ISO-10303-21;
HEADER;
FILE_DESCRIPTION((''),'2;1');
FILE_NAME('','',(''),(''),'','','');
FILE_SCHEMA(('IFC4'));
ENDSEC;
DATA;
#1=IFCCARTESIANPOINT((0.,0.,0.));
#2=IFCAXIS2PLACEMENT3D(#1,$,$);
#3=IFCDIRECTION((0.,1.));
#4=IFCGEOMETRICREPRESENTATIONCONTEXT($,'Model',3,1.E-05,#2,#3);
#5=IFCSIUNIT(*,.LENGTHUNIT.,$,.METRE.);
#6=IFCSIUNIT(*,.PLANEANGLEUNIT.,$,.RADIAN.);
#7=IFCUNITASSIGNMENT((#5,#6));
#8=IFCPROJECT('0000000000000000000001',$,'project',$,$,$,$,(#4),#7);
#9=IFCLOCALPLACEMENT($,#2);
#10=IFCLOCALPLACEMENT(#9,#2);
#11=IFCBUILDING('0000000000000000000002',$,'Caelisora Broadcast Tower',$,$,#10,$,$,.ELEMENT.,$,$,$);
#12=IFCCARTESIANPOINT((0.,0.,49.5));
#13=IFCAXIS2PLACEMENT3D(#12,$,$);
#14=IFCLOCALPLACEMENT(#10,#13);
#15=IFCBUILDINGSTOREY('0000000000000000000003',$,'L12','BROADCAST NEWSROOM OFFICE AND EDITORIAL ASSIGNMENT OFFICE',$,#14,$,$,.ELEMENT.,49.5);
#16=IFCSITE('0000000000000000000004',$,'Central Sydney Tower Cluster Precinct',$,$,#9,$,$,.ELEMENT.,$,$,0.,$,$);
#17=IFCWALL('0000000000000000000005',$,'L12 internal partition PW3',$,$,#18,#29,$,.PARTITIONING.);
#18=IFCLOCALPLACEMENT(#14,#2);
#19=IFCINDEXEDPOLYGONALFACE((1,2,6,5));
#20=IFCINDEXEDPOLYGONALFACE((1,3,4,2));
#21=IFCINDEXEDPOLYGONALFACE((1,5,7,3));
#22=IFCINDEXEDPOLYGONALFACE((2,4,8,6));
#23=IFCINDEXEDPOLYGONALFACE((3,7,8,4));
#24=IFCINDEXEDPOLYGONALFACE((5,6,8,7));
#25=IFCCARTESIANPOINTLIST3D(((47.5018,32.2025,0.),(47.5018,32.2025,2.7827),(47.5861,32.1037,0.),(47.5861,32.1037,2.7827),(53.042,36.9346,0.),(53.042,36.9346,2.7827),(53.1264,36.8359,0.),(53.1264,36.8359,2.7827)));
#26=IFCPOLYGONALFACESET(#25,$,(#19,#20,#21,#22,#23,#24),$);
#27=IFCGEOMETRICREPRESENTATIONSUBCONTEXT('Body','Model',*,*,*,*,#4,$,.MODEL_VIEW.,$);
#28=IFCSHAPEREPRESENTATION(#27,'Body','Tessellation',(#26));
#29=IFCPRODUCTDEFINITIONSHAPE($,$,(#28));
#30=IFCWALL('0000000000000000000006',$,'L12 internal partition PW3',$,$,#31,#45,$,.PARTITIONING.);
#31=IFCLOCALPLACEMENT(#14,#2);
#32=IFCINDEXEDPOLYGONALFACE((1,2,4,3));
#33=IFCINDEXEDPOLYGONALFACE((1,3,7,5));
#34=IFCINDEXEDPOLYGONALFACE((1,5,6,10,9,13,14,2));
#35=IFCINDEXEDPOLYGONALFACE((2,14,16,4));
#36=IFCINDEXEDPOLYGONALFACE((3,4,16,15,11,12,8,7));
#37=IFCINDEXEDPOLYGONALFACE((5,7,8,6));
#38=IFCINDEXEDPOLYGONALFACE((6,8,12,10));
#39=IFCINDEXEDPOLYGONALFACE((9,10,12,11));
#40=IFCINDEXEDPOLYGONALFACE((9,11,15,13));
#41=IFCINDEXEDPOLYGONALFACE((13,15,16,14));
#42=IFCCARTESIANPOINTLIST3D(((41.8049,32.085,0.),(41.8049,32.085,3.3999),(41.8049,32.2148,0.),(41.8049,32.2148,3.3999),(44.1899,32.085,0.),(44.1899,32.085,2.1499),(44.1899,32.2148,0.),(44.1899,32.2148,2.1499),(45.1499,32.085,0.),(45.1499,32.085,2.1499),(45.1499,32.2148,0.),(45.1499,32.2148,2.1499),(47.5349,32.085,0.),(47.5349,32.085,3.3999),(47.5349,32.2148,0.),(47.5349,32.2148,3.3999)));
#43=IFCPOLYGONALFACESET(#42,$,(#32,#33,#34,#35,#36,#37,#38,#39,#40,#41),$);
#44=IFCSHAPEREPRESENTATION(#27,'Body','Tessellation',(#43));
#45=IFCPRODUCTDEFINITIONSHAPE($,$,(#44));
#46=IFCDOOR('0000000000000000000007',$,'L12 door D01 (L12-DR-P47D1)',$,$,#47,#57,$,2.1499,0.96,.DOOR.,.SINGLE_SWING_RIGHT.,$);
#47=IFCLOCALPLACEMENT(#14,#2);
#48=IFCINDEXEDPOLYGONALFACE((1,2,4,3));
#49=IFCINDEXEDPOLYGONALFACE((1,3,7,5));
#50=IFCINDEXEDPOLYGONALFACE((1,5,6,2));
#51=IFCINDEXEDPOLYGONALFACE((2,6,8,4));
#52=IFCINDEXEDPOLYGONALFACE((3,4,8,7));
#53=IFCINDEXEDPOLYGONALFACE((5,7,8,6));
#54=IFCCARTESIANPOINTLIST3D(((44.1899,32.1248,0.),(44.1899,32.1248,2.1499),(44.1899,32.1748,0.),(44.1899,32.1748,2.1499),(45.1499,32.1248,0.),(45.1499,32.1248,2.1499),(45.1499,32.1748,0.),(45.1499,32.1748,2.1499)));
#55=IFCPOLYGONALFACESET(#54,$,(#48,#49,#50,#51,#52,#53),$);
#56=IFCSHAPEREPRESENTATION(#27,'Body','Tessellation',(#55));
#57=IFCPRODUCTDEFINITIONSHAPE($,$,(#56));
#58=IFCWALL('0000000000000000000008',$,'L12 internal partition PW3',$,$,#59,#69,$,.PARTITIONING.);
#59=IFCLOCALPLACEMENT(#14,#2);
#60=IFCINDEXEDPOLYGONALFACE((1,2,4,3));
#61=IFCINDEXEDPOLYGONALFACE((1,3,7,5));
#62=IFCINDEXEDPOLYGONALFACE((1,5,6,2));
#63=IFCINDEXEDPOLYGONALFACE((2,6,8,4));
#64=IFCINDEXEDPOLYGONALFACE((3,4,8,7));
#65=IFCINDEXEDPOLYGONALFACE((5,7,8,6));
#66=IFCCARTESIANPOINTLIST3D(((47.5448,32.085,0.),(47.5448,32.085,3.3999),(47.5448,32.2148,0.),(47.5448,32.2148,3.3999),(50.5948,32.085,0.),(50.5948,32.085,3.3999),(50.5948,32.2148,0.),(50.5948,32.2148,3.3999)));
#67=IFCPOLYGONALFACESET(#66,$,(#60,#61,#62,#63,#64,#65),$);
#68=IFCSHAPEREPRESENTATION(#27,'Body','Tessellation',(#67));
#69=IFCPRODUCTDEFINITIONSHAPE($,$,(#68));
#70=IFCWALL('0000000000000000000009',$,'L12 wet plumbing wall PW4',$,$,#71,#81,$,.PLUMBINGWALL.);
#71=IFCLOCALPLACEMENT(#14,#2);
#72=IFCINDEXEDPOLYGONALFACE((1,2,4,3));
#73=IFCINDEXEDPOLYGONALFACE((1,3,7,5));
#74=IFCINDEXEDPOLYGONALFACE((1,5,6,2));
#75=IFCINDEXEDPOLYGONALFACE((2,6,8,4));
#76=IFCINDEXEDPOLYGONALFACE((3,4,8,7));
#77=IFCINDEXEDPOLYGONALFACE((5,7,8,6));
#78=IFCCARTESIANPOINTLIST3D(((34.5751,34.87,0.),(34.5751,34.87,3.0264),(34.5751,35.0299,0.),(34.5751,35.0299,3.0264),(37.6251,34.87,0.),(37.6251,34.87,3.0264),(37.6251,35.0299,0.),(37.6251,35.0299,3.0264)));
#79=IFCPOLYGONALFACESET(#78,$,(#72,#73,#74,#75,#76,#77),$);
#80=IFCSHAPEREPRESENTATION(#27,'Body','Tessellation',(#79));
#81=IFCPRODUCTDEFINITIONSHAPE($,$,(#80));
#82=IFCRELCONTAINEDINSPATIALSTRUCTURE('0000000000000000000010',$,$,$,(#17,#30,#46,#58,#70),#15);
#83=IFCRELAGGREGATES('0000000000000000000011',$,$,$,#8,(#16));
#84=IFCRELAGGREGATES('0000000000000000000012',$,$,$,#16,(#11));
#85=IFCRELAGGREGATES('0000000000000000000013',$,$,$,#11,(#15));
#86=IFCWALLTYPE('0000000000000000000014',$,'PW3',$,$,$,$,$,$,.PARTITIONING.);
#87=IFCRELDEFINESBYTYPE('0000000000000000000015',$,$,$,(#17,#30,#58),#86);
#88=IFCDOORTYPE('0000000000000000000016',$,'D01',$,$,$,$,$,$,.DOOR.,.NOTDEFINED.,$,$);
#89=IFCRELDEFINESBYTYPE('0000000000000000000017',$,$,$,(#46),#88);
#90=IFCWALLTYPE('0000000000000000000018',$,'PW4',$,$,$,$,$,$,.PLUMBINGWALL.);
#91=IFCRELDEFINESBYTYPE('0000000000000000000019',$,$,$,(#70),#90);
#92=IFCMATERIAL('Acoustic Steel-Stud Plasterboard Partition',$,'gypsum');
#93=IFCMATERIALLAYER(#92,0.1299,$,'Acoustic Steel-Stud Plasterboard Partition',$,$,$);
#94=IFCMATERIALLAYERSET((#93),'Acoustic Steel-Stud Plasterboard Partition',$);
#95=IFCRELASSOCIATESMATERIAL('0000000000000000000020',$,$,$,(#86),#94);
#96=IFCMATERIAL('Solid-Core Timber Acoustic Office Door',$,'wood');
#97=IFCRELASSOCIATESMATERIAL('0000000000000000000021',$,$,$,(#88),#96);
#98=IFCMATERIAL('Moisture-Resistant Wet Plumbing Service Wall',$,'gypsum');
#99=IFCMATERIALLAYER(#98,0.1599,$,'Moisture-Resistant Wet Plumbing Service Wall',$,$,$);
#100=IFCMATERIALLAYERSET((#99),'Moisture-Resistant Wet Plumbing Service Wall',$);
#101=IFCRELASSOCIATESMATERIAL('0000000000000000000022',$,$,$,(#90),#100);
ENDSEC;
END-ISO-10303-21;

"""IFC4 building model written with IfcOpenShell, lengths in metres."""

from ifc_helpers import new_model, si_unit, direction, frame, frame_2d, origin, place, context, subcontext, project, spatial, rectangle, extrude, material, layer, layer_set, type_object, element, fill, save


model = new_model("IFC4")

# Units and contexts
model_context = context("Model", 3, precision=1e-05, world=origin(), true_north=direction((0.0, 1.0)))
body_context = subcontext(model_context, "Body", "Model", "MODEL_VIEW")
ifc_project = project(units=[si_unit("LENGTHUNIT", "METRE"), si_unit("PLANEANGLEUNIT", "RADIAN")], contexts=[model_context])

# Site, building, storey
site_placement = place(None, origin())
site = spatial("IfcSite", under=ifc_project, at=site_placement, Name="Central Sydney Tower Cluster Precinct", CompositionType="ELEMENT", RefElevation=0.0)
building_placement = place(site_placement, origin())
building = spatial("IfcBuilding", under=site, at=building_placement, Name="Caelisora Broadcast Tower", CompositionType="ELEMENT")
storey_placement = place(building_placement, frame((0.0, 0.0, 49.5)))
storey = spatial("IfcBuildingStorey", under=building, at=storey_placement, Name="L12", Description="BROADCAST NEWSROOM OFFICE AND EDITORIAL ASSIGNMENT OFFICE", CompositionType="ELEMENT", Elevation=49.5)

# Shared definitions
ifc_material_1 = material(Name="Acoustic Steel-Stud Plasterboard Partition", Category="gypsum")
ifc_layer_1 = layer(ifc_material_1, 0.1299, Name="Acoustic Steel-Stud Plasterboard Partition")
ifc_layer_set_1 = layer_set([ifc_layer_1], Name="Acoustic Steel-Stud Plasterboard Partition")
wall_type_1 = type_object("IfcWallType", Name="PW3", PredefinedType="PARTITIONING", material=ifc_layer_set_1)
ifc_material_2 = material(Name="Solid-Core Timber Acoustic Office Door", Category="wood")
door_type = type_object("IfcDoorType", Name="D01", OperationType="NOTDEFINED", PredefinedType="DOOR", material=ifc_material_2)

# Wall
wall_1_placement = place(storey_placement, frame((47.5439, 32.1531, 0.0), z_axis=(0.0, 0.0, 1.0), x_axis=(0.760384, 0.649474, 0.0)))
element("IfcWall", 1, at=wall_1_placement, inside=storey, type_object=wall_type_1, Name="L12 internal partition PW3", PredefinedType="PARTITIONING", context=body_context, shape_type="SweptSolid", body=[
    extrude(rectangle(XDim=7.2861, YDim=0.1299, at=frame_2d((3.6431, 0.0))), origin(), (0.0, 0.0, 1.0), 2.7827),
])

# Wall, opening, door
wall_2_placement = place(storey_placement, frame((41.8049, 32.1499, 0.0), z_axis=(0.0, 0.0, 1.0), x_axis=(1.0, 0.0, 0.0)))
wall_2 = element("IfcWall", 2, at=wall_2_placement, inside=storey, type_object=wall_type_1, Name="L12 internal partition PW3", PredefinedType="PARTITIONING", context=body_context, shape_type="SweptSolid", body=[
    extrude(rectangle(XDim=5.73, YDim=0.1299, at=frame_2d((2.865, 0.0))), origin(), (0.0, 0.0, 1.0), 3.3999),
])
opening_1_placement = place(wall_2_placement, frame((2.385, 0.0, 0.0)))
opening_1 = element("IfcOpeningElement", 3, at=opening_1_placement, cuts=wall_2, PredefinedType="OPENING", context=body_context, shape_type="SweptSolid", body=[
    extrude(rectangle(XDim=0.96, YDim=2.1499, at=frame_2d((0.48, 1.075))), frame((0.0, 0.0769, 0.0), z_axis=(0.0, -1.0, 0.0), x_axis=(1.0, 0.0, 0.0)), (0.0, 0.0, 1.0), 0.1538),
])
door_1_placement = place(opening_1_placement, origin())
door_1 = element("IfcDoor", 4, at=door_1_placement, inside=storey, type_object=door_type, Name="L12 door D01 (L12-DR-P47D1)", OperationType="SINGLE_SWING_RIGHT", OverallHeight=2.1499, OverallWidth=0.96, PredefinedType="DOOR", context=body_context, shape_type="SweptSolid", body=[
    extrude(rectangle(XDim=0.96, YDim=2.1499, at=frame_2d((0.48, 1.075))), frame((0.0, 0.0249, 0.0), z_axis=(0.0, -1.0, 0.0), x_axis=(1.0, 0.0, 0.0)), (0.0, 0.0, 1.0), 0.05),
])
fill(opening_1, door_1)

# Walls
wall_3_placement = place(storey_placement, frame((47.5449, 32.1499, 0.0), z_axis=(0.0, 0.0, 1.0), x_axis=(1.0, 0.0, 0.0)))
element("IfcWall", 5, at=wall_3_placement, inside=storey, type_object=wall_type_1, Name="L12 internal partition PW3", PredefinedType="PARTITIONING", context=body_context, shape_type="SweptSolid", body=[
    extrude(rectangle(XDim=3.05, YDim=0.1299, at=frame_2d((1.5249, 0.0))), origin(), (0.0, 0.0, 1.0), 3.3999),
])
ifc_material_3 = material(Name="Moisture-Resistant Wet Plumbing Service Wall", Category="gypsum")
ifc_layer_2 = layer(ifc_material_3, 0.1599, Name="Moisture-Resistant Wet Plumbing Service Wall")
ifc_layer_set_2 = layer_set([ifc_layer_2], Name="Moisture-Resistant Wet Plumbing Service Wall")
wall_type_2 = type_object("IfcWallType", Name="PW4", PredefinedType="PLUMBINGWALL", material=ifc_layer_set_2)
wall_4_placement = place(storey_placement, frame((37.625, 34.95, 0.0), z_axis=(0.0, 0.0, 1.0), x_axis=(-1.0, 0.0, 0.0)))
element("IfcWall", 6, at=wall_4_placement, inside=storey, type_object=wall_type_2, Name="L12 wet plumbing wall PW4", PredefinedType="PLUMBINGWALL", context=body_context, shape_type="SweptSolid", body=[
    extrude(rectangle(XDim=3.05, YDim=0.1599, at=frame_2d((1.5249, 0.0))), origin(), (0.0, 0.0, 1.0), 3.0264),
])

save(model, "model.ifc")
